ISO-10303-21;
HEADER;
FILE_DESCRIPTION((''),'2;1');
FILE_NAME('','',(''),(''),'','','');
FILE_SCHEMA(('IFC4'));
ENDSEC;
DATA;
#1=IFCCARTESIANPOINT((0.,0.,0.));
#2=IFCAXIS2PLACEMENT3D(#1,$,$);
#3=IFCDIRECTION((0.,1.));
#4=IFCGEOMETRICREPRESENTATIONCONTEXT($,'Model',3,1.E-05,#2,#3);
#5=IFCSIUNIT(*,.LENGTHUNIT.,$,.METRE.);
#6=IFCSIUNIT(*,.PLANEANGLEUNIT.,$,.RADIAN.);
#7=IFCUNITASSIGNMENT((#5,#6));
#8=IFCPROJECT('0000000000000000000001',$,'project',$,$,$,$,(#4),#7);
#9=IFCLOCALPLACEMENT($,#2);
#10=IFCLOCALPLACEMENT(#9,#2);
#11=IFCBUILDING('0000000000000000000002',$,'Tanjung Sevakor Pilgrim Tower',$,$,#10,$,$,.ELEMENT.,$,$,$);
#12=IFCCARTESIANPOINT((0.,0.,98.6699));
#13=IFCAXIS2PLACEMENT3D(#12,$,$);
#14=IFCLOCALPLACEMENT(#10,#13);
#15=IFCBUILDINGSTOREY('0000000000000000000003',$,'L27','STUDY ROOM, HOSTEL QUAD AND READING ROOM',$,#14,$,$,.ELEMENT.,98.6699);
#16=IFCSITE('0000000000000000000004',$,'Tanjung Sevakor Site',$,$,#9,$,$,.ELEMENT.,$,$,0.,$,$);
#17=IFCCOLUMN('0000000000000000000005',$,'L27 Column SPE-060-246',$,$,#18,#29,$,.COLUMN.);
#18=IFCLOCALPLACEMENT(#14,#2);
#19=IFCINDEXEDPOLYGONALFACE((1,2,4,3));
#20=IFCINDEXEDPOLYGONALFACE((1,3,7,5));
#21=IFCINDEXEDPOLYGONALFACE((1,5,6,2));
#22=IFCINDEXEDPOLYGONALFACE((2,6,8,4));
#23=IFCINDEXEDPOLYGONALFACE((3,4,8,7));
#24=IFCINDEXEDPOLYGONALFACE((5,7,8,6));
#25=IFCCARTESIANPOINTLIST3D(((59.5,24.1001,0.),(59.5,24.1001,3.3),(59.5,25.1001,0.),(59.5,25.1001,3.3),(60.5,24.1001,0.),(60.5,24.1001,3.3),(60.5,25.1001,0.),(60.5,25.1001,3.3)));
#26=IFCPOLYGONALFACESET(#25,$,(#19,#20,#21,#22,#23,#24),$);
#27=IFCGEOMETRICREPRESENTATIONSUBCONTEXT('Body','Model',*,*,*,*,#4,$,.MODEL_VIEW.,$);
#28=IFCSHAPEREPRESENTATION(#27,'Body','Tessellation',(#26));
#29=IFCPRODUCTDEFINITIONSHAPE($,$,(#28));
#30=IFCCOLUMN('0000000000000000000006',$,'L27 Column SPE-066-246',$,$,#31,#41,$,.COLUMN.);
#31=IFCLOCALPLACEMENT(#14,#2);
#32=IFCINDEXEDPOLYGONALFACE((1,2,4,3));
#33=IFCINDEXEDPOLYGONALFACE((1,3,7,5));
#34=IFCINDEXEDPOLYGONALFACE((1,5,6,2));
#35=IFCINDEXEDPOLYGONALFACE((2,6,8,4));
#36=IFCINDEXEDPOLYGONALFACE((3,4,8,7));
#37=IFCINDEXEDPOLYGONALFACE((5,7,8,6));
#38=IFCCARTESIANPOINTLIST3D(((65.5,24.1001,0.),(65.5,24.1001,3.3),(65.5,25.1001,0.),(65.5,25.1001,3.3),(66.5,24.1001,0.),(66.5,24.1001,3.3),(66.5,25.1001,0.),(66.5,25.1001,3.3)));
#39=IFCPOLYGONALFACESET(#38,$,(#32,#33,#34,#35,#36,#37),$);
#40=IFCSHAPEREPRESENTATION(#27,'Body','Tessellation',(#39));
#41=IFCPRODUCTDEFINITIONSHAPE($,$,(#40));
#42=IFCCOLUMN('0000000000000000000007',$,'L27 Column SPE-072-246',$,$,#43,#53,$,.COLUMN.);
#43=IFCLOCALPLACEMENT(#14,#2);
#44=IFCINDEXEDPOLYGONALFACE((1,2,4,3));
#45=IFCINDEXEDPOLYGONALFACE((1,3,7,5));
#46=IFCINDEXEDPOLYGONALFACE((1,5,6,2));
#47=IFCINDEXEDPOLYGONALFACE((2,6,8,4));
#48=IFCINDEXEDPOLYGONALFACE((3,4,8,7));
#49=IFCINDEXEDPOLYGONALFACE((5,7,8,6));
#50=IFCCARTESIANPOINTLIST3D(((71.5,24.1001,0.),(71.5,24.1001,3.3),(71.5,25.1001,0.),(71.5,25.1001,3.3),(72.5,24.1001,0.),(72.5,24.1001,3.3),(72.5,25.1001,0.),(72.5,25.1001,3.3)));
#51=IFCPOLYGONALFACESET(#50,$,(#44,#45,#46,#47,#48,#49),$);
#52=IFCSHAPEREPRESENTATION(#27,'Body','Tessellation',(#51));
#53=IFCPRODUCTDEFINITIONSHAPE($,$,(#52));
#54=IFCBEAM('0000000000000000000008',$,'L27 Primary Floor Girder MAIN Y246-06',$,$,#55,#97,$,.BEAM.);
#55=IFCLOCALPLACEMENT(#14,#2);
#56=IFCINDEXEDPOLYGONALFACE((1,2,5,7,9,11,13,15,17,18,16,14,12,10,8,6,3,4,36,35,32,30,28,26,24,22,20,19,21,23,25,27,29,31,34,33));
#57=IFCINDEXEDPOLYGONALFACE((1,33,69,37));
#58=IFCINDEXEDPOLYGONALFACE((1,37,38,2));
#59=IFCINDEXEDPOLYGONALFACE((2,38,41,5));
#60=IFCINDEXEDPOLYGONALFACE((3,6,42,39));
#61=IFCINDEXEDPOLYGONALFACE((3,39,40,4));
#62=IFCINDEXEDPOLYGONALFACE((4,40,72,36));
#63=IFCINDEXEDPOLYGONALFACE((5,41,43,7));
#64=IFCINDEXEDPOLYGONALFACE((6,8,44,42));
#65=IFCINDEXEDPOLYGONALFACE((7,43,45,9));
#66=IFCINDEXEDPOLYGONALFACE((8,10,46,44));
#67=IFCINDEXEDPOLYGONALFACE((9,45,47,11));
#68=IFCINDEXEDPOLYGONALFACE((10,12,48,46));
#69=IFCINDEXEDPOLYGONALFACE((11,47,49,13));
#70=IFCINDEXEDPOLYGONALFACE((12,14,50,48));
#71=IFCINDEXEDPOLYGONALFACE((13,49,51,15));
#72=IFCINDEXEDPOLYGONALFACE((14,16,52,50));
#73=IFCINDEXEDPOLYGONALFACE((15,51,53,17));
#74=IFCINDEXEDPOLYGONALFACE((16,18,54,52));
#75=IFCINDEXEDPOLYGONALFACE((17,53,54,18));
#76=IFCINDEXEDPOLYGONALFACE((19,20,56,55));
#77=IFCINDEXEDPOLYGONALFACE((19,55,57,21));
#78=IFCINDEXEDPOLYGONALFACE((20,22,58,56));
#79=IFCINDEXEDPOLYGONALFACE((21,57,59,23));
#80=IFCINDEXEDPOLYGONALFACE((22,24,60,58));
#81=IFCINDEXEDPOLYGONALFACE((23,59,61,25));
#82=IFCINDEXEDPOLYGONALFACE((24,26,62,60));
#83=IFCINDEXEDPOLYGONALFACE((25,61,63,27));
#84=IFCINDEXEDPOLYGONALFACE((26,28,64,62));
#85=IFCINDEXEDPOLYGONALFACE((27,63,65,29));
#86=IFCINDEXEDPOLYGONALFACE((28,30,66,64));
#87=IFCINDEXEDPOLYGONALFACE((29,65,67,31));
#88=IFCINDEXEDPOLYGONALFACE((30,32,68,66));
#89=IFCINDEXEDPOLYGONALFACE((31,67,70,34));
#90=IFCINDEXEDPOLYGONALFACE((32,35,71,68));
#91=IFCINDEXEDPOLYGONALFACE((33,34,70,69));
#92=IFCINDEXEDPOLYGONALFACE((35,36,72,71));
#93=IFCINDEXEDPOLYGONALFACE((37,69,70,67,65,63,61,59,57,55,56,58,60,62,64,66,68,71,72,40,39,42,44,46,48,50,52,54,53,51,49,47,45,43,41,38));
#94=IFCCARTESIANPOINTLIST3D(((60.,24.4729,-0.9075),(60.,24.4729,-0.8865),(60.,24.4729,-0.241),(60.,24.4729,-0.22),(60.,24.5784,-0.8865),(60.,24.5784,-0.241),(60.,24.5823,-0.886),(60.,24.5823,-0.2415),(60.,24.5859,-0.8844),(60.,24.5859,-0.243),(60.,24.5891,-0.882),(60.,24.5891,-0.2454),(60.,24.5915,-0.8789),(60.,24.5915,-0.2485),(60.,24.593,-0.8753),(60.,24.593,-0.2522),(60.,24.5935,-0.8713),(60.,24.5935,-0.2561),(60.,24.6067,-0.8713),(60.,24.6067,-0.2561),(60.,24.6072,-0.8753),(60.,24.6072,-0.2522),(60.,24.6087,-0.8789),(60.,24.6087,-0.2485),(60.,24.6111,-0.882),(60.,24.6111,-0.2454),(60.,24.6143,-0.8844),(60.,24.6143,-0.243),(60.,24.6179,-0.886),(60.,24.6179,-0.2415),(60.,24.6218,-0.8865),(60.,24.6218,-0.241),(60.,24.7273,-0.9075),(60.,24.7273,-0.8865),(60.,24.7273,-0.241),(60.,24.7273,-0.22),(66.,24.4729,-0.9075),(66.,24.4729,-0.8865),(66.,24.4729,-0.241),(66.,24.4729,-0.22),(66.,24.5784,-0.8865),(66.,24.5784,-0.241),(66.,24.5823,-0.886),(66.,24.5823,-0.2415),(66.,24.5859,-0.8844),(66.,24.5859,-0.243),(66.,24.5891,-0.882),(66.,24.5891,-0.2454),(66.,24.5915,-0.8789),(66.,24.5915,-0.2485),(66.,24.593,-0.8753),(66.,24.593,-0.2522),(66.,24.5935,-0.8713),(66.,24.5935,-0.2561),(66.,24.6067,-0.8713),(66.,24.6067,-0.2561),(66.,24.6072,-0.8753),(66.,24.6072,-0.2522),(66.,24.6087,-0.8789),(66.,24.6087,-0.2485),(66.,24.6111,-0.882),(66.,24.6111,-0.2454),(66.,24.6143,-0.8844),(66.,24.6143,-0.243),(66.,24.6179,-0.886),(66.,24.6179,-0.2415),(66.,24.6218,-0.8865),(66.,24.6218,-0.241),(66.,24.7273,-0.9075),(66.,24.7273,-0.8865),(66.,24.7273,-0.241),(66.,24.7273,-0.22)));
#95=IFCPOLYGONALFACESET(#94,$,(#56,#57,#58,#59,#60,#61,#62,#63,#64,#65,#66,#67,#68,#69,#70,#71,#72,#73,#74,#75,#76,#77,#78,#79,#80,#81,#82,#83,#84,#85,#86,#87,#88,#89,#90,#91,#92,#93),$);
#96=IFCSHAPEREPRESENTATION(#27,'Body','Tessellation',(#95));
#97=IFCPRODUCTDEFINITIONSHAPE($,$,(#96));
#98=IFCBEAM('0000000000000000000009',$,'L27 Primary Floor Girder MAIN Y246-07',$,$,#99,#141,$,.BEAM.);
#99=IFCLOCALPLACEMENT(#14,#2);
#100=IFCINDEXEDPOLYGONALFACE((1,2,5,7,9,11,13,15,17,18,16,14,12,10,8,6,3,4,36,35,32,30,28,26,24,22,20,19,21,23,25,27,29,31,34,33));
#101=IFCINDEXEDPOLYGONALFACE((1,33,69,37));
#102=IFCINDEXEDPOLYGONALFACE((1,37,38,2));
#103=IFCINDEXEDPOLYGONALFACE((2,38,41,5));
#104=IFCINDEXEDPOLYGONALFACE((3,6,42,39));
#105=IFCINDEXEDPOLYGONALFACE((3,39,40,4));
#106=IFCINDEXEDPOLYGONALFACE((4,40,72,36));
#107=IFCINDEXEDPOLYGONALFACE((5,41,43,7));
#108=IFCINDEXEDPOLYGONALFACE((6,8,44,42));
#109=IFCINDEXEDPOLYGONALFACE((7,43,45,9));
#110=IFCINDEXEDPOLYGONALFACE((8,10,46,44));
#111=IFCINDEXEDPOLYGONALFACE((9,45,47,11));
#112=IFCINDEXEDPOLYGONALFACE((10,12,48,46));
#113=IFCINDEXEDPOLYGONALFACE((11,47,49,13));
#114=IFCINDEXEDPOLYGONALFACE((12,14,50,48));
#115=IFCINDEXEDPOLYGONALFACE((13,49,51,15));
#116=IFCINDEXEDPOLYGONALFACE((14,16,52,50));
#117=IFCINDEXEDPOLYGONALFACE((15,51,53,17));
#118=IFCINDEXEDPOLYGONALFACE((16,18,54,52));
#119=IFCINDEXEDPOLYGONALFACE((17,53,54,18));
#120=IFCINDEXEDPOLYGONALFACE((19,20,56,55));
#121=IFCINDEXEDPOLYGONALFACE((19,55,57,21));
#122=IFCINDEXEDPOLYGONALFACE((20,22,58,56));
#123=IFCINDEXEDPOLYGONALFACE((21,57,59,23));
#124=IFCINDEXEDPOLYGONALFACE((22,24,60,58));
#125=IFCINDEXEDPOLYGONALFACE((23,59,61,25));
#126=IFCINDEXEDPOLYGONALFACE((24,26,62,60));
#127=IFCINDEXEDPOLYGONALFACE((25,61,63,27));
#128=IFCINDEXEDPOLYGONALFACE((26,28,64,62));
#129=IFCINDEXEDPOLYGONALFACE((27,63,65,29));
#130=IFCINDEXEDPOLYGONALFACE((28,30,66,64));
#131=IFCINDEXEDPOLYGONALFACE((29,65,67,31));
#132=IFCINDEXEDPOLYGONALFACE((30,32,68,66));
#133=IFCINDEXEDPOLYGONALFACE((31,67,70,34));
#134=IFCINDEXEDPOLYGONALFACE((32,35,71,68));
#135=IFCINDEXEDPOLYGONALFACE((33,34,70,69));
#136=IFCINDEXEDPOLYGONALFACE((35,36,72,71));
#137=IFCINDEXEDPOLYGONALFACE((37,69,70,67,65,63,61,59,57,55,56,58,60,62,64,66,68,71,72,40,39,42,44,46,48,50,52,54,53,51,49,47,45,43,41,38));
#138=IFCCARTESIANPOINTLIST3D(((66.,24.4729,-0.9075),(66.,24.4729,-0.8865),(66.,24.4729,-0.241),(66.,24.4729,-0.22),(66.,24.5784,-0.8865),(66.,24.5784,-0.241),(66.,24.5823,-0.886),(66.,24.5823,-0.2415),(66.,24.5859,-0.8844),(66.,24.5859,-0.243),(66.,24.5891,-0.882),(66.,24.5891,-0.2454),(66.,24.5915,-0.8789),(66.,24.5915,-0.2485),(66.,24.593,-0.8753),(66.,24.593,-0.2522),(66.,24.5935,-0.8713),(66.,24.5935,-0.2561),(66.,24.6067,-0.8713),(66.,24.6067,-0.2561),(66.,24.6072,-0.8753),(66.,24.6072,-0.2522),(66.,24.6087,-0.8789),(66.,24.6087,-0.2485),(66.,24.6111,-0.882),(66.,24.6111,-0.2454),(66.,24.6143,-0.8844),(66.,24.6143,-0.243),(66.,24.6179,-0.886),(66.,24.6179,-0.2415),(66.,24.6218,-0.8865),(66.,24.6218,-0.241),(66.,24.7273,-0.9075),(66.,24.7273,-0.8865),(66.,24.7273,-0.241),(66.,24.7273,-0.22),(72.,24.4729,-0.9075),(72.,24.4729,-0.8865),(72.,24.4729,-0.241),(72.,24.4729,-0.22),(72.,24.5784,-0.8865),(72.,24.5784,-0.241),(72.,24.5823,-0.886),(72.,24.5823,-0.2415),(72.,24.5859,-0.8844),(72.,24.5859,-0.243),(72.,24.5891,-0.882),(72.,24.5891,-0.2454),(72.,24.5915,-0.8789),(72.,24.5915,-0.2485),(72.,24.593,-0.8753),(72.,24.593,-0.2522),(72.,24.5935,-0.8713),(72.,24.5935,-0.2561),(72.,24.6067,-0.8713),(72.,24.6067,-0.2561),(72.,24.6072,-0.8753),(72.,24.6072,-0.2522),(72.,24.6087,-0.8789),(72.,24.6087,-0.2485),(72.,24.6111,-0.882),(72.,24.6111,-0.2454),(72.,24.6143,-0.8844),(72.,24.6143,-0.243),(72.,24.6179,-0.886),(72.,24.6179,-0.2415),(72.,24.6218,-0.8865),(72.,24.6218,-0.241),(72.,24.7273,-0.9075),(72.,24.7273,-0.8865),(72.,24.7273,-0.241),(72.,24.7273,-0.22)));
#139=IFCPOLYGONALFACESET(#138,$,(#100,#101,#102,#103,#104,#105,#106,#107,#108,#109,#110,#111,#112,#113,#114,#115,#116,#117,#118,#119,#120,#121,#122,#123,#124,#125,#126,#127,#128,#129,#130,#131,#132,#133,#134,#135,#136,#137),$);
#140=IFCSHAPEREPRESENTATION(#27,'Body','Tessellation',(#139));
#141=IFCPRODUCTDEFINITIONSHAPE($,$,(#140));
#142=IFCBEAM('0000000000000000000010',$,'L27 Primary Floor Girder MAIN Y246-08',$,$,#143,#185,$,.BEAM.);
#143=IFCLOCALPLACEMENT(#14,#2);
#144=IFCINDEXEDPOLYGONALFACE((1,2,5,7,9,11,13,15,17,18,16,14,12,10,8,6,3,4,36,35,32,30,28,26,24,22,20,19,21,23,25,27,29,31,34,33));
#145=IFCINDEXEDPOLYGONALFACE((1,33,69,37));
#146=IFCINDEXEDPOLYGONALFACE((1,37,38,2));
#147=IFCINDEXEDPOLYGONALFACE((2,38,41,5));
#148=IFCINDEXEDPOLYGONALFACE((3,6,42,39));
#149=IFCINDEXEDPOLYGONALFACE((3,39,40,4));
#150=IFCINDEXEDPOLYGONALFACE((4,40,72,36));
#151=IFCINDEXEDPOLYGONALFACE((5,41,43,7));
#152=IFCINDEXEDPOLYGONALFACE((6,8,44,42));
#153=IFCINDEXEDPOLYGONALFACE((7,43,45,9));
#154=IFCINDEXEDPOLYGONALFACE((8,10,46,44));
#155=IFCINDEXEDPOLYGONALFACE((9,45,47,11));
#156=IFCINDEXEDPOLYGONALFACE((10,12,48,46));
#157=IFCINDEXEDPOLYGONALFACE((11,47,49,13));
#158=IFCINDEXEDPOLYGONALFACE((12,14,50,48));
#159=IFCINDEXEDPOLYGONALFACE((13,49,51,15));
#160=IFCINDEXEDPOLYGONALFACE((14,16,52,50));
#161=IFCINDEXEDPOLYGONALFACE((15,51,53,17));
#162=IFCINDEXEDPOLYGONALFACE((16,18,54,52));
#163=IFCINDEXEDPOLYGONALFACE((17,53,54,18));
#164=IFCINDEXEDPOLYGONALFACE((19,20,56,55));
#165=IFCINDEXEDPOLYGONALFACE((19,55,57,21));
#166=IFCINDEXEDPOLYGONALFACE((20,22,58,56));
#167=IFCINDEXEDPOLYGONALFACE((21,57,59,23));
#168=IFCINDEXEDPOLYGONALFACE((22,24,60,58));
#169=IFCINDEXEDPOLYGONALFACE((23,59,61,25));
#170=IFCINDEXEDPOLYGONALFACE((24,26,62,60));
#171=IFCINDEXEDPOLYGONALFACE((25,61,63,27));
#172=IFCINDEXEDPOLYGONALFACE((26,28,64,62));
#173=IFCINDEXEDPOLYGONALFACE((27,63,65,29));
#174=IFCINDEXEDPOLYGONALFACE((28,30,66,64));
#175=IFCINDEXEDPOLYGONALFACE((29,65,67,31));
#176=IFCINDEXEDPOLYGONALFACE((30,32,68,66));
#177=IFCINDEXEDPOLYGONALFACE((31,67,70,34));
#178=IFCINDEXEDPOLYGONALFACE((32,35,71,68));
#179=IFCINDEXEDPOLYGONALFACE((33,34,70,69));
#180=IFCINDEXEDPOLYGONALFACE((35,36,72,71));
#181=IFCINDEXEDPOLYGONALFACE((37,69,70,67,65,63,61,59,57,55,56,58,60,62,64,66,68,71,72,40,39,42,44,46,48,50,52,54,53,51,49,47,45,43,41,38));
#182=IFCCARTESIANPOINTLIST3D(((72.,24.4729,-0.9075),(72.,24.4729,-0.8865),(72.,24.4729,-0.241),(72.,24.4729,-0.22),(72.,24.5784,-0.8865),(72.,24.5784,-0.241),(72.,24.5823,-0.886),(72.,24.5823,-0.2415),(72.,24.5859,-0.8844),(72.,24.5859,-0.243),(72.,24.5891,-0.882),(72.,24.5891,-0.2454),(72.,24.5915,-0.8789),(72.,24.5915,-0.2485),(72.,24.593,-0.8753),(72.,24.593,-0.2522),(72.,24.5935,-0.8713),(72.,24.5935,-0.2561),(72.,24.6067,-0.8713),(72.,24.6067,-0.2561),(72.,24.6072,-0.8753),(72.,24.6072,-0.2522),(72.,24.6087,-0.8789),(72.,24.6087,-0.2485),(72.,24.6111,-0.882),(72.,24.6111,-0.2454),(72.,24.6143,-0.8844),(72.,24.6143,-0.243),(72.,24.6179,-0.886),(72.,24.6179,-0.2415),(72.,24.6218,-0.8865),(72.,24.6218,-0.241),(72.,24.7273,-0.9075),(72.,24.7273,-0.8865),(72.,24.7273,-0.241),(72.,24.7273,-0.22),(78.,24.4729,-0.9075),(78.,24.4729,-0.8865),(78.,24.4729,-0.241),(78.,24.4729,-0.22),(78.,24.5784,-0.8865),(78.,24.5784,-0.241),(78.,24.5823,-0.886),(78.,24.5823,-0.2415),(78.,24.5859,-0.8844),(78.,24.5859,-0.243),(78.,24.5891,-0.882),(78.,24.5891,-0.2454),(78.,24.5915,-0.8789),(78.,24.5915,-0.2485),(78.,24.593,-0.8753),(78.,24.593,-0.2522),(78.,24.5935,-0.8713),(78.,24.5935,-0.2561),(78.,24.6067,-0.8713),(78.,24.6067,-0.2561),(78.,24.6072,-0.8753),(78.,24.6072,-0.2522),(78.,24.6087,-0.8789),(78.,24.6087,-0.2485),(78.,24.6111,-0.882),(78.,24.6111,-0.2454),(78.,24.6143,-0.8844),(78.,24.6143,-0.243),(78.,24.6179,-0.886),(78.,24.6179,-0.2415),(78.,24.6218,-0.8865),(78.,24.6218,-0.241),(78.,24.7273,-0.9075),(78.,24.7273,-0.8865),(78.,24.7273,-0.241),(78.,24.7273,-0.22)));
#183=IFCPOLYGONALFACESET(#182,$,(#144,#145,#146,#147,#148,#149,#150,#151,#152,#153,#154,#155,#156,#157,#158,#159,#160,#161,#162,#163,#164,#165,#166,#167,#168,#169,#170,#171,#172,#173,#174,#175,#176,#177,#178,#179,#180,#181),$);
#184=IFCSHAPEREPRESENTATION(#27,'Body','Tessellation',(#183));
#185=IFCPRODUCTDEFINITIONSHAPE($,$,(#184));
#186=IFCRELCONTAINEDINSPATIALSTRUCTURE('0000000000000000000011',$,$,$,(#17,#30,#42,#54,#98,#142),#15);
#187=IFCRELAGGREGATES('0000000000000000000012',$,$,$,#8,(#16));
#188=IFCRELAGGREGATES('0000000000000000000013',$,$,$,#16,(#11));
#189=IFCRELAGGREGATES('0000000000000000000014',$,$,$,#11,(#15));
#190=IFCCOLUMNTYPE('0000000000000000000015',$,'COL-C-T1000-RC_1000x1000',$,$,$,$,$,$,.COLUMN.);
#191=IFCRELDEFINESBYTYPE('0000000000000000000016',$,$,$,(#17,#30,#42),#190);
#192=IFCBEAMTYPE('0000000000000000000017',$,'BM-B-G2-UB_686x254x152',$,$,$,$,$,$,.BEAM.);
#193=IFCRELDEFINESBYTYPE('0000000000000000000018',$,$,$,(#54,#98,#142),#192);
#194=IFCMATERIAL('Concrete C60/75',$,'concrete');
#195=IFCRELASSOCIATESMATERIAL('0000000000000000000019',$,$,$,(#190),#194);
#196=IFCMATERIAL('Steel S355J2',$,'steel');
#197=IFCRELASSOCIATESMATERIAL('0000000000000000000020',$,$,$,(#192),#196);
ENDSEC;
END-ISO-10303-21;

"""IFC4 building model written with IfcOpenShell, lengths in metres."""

from ifc_helpers import new_model, si_unit, direction, frame, origin, origin_2d, place, context, subcontext, project, spatial, rectangle, i_section, extrude, material, material_profile, profile_set, type_object, element, save


model = new_model("IFC4")

# Units and contexts
model_context = context("Model", 3, precision=1e-05, world=origin(), true_north=direction((0.0, 1.0)))
body_context = subcontext(model_context, "Body", "Model", "MODEL_VIEW")
ifc_project = project(units=[si_unit("LENGTHUNIT", "METRE"), si_unit("PLANEANGLEUNIT", "RADIAN")], contexts=[model_context])

# Site, building, storey
site_placement = place(None, origin())
site = spatial("IfcSite", under=ifc_project, at=site_placement, Name="Tanjung Sevakor Site", CompositionType="ELEMENT", RefElevation=0.0)
building_placement = place(site_placement, origin())
building = spatial("IfcBuilding", under=site, at=building_placement, Name="Tanjung Sevakor Pilgrim Tower", CompositionType="ELEMENT")
storey_placement = place(building_placement, frame((0.0, 0.0, 98.6699)))
storey = spatial("IfcBuildingStorey", under=building, at=storey_placement, Name="L27", Description="STUDY ROOM, HOSTEL QUAD AND READING ROOM", CompositionType="ELEMENT", Elevation=98.6699)

# Columns
ifc_material_1 = material(Name="Concrete C60/75", Category="concrete")
ifc_material_profile_1 = material_profile(ifc_material_1, rectangle(XDim=1.0, YDim=1.0, at=origin_2d()))
ifc_profile_set_1 = profile_set([ifc_material_profile_1], Name="Concrete C60/75")
column_type = type_object("IfcColumnType", Name="COL-C-T1000-RC_1000x1000", PredefinedType="COLUMN", material=ifc_profile_set_1)
for number, where, z_axis, x_axis, name in (
    (1, (60.0, 24.6001, 0.0), (0.0, 0.0, 1.0), (1.0, 0.0, 0.0), "L27 Column SPE-060-246"),
    (2, (66.0, 24.6001, 0.0), (0.0, 0.0, 1.0), (1.0, 0.0, 0.0), "L27 Column SPE-066-246"),
    (3, (72.0, 24.6001, 0.0), (0.0, 0.0, 1.0), (1.0, 0.0, 0.0), "L27 Column SPE-072-246"),
):
    element("IfcColumn", number, at=place(storey_placement, frame(where, z_axis=z_axis, x_axis=x_axis)), inside=storey, type_object=column_type, Name=name, PredefinedType="COLUMN", context=body_context, shape_type="SweptSolid", body=[
        extrude(rectangle(XDim=1.0, YDim=1.0, at=origin_2d()), origin(), (0.0, 0.0, 1.0), 3.3),
    ])

# Beams
ifc_material_2 = material(Name="Steel S355J2", Category="steel")
ifc_material_profile_2 = material_profile(ifc_material_2, i_section(OverallWidth=0.2544, OverallDepth=0.6875, WebThickness=0.0132, FlangeThickness=0.021, FilletRadius=0.0151, at=origin_2d()))
ifc_profile_set_2 = profile_set([ifc_material_profile_2], Name="Steel S355J2")
beam_type_1 = type_object("IfcBeamType", Name="BM-B-G2-UB_686x254x152", PredefinedType="BEAM", material=ifc_profile_set_2)
for number, where, z_axis, x_axis, name in (
    (4, (60.0, 24.6001, -0.5637), (1.0, 0.0, 0.0), (0.0, 1.0, 0.0), "L27 Primary Floor Girder MAIN Y246-06"),
    (5, (66.0, 24.6001, -0.5637), (1.0, 0.0, 0.0), (0.0, 1.0, 0.0), "L27 Primary Floor Girder MAIN Y246-07"),
    (6, (72.0, 24.6001, -0.5637), (1.0, 0.0, 0.0), (0.0, 1.0, 0.0), "L27 Primary Floor Girder MAIN Y246-08"),
):
    element("IfcBeam", number, at=place(storey_placement, frame(where, z_axis=z_axis, x_axis=x_axis)), inside=storey, type_object=beam_type_1, Name=name, PredefinedType="BEAM", context=body_context, shape_type="SweptSolid", body=[
        extrude(i_section(OverallWidth=0.2544, OverallDepth=0.6875, WebThickness=0.0132, FlangeThickness=0.021, FilletRadius=0.0151, at=origin_2d()), origin(), (0.0, 0.0, 1.0), 6.0),
    ])

save(model, "model.ifc")
